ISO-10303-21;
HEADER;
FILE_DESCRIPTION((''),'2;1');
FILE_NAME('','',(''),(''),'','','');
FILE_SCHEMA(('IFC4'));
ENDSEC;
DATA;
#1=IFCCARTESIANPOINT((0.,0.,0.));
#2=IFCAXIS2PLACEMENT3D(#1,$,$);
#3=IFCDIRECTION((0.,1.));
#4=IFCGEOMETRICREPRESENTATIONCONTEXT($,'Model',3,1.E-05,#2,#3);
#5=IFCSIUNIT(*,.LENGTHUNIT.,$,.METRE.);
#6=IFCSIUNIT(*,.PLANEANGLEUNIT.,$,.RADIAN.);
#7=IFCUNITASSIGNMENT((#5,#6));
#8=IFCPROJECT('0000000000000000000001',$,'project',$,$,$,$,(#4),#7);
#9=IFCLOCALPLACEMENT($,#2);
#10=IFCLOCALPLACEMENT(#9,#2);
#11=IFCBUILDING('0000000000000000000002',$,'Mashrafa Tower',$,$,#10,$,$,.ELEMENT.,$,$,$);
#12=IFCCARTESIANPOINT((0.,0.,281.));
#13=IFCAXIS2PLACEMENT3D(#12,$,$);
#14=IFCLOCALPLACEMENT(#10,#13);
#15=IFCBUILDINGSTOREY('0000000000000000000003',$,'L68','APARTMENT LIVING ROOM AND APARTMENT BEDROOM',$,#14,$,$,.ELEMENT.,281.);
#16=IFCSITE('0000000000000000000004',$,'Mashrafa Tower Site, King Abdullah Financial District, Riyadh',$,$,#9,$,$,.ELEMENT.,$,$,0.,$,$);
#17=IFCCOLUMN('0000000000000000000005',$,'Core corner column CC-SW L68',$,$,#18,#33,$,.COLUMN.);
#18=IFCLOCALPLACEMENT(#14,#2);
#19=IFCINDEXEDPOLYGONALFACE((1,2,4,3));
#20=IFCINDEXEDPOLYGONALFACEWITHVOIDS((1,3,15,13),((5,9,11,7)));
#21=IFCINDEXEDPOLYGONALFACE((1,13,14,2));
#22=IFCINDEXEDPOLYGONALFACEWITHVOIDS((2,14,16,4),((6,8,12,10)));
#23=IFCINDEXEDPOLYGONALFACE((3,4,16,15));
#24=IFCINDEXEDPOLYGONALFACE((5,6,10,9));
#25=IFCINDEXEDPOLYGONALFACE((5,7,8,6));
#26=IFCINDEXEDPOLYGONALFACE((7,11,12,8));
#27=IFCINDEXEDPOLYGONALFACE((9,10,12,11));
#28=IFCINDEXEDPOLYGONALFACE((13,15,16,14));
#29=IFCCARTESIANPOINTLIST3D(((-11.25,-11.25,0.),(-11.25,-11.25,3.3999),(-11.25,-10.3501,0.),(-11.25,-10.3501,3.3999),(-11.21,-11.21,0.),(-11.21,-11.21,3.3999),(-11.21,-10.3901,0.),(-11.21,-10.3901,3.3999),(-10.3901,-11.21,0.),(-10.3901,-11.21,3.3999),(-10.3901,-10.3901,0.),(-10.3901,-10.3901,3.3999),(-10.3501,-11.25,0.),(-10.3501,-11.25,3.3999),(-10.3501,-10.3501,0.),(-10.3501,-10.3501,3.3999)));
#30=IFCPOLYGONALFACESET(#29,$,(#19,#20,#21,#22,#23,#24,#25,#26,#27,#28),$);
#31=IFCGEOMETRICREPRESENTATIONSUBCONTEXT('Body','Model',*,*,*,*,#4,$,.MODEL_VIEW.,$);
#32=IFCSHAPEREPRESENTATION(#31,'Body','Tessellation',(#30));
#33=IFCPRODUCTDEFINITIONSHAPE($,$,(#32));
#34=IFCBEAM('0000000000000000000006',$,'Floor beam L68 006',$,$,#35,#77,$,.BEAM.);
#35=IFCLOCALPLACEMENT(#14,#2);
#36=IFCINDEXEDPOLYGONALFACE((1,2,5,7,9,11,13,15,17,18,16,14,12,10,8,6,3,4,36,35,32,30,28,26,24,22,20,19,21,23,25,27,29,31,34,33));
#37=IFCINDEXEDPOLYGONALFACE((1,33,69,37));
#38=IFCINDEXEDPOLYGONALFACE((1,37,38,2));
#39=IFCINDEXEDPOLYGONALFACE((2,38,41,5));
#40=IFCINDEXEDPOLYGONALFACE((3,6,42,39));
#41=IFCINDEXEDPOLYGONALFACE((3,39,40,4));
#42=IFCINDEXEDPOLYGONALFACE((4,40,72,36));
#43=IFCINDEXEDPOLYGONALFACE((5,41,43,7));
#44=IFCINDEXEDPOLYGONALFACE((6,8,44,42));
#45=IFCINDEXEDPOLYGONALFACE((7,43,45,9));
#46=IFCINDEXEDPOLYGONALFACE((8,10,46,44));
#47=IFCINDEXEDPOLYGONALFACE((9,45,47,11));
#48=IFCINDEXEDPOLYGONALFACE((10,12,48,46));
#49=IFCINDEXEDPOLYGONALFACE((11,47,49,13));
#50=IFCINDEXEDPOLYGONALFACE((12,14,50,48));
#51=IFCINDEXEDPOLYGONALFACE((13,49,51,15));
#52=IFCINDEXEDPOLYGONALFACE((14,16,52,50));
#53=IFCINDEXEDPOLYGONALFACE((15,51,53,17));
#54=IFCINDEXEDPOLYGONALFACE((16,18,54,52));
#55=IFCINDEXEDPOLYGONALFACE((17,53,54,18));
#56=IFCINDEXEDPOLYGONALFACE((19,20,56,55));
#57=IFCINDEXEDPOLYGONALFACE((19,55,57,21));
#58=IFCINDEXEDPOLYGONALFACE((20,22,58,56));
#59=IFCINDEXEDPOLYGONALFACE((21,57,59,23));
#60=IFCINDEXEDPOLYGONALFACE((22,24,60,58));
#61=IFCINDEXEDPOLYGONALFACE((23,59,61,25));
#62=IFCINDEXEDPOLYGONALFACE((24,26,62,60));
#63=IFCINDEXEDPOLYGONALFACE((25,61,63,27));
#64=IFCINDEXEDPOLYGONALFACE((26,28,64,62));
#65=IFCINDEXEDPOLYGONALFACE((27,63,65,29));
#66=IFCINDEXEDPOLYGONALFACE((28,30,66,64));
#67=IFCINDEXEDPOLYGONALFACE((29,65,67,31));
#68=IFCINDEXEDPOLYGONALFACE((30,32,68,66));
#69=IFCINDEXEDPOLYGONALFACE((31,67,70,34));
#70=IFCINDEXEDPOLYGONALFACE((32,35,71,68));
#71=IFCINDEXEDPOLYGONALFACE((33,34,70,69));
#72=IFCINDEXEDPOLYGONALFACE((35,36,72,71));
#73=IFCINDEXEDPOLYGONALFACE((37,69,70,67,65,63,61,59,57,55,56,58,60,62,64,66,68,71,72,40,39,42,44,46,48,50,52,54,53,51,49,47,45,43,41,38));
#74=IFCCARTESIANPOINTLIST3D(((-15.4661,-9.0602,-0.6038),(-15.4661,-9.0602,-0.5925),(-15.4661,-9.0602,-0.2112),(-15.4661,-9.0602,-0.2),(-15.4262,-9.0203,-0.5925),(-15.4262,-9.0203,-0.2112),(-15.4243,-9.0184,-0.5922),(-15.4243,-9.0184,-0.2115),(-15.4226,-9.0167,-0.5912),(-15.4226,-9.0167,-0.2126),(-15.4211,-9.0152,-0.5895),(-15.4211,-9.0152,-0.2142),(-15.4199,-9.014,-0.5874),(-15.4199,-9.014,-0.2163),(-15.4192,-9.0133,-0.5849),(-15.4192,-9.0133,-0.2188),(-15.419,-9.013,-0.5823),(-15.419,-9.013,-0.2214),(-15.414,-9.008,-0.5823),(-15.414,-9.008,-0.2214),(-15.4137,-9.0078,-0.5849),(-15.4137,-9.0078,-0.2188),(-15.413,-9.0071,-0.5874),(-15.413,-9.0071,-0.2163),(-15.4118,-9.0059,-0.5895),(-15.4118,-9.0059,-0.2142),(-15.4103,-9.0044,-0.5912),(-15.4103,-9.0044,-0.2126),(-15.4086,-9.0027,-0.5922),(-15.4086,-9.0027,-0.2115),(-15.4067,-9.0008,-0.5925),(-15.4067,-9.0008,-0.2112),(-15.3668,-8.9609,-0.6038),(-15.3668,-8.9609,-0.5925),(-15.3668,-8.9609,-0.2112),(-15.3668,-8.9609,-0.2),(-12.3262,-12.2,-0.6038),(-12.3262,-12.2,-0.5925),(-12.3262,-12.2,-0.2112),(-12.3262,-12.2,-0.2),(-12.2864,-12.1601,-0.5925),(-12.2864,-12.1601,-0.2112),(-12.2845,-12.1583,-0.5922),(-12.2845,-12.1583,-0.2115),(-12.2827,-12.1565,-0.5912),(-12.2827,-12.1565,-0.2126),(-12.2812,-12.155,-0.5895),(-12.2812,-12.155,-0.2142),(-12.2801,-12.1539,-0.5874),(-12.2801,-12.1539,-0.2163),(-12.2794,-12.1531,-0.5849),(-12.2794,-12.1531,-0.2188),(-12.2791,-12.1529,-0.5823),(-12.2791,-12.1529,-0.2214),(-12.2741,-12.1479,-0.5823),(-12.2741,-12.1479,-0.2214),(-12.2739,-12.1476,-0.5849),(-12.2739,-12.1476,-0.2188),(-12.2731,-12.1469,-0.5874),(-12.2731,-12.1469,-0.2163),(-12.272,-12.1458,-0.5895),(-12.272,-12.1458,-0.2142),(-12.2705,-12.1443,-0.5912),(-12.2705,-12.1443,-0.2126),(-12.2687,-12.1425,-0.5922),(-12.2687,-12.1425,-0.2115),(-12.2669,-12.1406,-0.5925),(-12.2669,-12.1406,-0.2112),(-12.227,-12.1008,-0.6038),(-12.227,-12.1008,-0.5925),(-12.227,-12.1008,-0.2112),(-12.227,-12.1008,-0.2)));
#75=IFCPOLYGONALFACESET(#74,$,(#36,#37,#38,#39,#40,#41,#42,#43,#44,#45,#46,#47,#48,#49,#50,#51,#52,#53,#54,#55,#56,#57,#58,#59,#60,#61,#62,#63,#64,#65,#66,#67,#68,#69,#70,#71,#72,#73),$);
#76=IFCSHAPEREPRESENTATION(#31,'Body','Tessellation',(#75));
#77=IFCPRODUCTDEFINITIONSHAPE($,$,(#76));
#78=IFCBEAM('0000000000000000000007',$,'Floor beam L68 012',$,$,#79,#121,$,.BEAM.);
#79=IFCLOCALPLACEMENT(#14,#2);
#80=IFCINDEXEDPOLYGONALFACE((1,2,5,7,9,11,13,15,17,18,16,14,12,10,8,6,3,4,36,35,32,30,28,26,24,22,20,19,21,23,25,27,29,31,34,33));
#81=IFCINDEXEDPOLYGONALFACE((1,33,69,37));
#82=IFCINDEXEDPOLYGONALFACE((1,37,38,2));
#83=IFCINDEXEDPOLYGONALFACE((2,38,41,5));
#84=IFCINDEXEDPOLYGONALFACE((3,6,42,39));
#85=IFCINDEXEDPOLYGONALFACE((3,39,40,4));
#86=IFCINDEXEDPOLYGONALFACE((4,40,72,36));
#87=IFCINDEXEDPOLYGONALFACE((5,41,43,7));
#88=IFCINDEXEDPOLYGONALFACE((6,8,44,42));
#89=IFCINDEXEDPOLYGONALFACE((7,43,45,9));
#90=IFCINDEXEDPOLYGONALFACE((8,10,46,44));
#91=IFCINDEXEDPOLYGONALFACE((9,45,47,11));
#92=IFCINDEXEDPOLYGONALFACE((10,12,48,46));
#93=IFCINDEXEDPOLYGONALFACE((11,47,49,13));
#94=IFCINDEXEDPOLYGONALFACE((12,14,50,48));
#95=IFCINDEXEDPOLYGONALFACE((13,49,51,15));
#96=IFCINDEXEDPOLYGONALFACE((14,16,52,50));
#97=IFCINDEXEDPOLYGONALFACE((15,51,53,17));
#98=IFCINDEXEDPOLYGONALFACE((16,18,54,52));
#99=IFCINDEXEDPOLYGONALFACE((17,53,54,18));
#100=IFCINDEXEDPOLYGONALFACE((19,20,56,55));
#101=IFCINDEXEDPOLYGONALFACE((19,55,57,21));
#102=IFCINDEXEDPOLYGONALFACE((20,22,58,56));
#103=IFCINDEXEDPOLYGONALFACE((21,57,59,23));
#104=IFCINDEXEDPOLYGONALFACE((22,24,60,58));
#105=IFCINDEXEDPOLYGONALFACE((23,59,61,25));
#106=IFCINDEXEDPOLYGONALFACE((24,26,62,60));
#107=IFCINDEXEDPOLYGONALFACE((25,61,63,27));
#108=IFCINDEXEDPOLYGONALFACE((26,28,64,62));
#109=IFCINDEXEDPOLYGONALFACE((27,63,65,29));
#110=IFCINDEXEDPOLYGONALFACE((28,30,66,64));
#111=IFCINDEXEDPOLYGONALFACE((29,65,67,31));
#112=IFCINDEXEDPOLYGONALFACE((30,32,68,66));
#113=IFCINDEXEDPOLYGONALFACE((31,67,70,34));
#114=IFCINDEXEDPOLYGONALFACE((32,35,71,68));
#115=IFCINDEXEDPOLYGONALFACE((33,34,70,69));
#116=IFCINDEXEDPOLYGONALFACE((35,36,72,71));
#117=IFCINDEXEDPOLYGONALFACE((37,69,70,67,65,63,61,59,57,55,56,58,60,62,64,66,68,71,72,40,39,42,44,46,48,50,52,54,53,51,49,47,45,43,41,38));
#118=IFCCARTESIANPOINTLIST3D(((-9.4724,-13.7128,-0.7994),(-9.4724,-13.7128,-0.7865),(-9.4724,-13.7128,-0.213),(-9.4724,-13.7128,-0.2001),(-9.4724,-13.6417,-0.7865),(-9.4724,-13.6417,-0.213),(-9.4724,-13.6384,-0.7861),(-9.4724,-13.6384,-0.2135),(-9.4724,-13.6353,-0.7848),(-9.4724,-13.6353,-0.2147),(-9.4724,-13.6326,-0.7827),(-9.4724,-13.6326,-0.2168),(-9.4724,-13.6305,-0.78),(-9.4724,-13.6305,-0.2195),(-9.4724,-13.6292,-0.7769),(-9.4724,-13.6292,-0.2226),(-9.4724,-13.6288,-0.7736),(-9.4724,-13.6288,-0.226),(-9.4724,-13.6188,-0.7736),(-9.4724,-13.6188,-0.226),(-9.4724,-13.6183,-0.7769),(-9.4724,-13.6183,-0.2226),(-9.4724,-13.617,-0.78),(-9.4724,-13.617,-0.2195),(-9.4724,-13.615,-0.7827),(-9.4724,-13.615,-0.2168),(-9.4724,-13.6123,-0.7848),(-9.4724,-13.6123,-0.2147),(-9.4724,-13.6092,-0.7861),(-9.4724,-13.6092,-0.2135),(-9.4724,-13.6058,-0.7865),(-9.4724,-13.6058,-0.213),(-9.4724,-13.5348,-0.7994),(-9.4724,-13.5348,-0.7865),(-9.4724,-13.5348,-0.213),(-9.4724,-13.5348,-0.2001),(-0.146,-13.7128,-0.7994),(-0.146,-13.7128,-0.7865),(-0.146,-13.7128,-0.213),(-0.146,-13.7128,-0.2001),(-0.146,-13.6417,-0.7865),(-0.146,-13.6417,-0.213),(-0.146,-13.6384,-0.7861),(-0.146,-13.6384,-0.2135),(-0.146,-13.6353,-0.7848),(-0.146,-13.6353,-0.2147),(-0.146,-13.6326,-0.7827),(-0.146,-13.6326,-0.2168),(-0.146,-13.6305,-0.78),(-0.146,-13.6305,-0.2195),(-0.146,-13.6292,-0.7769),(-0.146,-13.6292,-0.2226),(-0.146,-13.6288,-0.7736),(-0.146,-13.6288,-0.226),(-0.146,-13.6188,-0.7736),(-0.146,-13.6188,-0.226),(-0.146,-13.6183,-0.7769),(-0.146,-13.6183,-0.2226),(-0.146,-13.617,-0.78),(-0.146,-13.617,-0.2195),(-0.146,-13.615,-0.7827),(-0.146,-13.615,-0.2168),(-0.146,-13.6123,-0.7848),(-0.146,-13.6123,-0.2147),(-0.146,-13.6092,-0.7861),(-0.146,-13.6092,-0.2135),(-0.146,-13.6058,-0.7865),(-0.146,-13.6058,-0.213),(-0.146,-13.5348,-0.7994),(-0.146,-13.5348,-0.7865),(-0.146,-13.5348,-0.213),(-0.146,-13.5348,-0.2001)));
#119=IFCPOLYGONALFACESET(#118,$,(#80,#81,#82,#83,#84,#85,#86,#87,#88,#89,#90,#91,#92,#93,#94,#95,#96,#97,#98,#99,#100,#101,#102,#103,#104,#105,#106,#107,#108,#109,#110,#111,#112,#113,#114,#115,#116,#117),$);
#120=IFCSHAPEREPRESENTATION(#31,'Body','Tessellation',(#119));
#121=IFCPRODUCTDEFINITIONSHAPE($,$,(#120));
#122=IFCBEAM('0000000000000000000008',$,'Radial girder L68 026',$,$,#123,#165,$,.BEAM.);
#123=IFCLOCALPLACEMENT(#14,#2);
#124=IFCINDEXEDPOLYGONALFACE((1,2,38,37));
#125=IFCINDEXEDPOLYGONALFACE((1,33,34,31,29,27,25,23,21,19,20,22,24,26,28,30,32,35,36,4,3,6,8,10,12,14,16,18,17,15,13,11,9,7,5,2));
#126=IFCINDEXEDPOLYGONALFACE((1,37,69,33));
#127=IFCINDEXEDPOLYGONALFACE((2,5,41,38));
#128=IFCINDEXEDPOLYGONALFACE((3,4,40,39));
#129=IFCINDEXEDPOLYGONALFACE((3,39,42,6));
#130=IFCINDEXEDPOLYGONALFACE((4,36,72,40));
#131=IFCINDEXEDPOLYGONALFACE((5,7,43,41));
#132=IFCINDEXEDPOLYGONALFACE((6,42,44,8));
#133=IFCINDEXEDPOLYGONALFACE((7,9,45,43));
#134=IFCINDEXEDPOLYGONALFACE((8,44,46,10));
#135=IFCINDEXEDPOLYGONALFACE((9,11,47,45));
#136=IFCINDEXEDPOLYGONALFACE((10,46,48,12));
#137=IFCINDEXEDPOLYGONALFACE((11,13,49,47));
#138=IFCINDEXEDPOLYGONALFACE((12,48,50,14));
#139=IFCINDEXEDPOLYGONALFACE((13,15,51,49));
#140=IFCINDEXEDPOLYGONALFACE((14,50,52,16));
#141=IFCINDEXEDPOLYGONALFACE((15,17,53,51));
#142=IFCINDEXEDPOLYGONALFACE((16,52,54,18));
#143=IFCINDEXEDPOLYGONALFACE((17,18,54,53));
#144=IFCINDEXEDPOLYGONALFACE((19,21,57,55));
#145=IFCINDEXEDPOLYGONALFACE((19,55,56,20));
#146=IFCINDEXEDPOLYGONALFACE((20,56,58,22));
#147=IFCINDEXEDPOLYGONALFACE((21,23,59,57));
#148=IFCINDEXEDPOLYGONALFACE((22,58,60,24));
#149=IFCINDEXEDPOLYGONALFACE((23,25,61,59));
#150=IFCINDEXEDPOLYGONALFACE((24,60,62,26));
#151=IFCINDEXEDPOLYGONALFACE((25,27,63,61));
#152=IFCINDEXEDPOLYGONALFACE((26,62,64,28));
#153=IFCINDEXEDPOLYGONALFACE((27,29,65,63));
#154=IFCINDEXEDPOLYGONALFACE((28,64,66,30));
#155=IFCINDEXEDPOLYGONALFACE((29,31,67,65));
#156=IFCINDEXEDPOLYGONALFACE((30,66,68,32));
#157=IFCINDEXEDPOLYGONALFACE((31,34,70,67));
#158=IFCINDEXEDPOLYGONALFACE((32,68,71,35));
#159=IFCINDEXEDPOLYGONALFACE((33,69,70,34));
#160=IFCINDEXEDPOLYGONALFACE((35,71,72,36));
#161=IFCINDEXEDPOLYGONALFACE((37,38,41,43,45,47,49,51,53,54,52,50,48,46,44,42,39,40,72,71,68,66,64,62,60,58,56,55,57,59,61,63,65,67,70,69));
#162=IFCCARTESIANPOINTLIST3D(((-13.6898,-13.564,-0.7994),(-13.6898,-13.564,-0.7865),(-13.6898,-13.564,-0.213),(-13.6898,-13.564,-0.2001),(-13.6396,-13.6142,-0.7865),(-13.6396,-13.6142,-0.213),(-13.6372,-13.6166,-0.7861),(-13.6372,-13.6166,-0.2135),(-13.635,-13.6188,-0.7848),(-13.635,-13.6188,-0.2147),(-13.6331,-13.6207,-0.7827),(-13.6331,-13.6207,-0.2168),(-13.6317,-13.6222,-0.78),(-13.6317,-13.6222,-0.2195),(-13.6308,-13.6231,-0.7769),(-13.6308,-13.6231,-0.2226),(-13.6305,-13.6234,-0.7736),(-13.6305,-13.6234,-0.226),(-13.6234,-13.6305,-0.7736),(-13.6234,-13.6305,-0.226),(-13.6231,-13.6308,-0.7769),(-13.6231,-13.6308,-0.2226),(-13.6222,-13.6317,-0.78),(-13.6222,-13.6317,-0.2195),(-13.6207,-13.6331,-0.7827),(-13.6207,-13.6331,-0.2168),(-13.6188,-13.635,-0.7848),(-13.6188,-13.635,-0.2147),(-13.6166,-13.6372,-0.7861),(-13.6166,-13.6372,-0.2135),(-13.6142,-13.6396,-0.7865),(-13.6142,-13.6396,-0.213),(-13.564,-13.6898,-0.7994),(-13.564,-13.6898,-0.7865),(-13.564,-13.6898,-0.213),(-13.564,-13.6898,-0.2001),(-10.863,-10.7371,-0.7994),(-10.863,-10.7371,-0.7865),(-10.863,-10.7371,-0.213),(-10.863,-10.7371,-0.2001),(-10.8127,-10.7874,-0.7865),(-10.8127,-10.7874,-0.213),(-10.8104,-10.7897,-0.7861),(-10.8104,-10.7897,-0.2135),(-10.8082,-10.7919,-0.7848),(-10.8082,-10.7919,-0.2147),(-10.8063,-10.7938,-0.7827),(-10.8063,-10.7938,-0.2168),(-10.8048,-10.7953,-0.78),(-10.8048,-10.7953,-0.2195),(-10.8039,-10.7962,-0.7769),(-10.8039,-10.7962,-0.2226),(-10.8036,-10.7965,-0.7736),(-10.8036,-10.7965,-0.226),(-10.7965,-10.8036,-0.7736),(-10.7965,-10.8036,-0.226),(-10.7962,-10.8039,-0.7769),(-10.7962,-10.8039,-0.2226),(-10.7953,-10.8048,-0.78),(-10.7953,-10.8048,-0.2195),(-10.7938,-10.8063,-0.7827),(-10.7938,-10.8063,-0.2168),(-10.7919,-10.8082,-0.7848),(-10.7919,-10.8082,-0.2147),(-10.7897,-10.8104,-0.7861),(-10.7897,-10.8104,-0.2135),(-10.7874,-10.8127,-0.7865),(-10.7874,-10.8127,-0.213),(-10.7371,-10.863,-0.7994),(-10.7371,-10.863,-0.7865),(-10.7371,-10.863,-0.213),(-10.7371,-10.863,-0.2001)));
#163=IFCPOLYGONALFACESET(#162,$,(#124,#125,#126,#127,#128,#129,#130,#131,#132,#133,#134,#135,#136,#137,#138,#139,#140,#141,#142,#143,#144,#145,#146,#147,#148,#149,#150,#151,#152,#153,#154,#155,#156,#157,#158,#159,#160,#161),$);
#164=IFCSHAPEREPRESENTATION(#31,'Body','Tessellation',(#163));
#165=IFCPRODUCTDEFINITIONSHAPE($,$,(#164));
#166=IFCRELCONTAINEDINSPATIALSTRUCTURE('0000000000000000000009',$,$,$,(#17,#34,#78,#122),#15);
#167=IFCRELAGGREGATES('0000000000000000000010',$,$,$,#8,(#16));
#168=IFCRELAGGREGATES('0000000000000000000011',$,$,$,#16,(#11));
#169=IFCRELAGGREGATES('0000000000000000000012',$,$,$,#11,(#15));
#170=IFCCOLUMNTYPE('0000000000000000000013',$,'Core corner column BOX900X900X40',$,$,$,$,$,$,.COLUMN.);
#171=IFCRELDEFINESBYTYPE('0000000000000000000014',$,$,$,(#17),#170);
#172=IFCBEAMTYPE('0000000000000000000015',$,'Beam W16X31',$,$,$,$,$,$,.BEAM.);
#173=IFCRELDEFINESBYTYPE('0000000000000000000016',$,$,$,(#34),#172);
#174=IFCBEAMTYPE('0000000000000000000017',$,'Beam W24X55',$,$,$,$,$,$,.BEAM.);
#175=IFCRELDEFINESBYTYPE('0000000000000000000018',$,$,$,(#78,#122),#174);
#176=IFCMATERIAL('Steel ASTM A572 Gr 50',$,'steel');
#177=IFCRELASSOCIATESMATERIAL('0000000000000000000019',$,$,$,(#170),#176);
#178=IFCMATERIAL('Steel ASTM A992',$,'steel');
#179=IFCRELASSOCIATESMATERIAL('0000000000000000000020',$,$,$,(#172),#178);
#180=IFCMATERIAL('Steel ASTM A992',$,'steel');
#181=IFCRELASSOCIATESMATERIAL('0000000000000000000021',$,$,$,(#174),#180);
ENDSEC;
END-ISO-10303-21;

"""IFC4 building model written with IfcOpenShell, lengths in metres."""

from ifc_helpers import new_model, si_unit, direction, frame, origin, origin_2d, place, context, subcontext, project, spatial, hollow_rectangle, i_section, extrude, material, material_profile, profile_set, type_object, element, save


model = new_model("IFC4")

# Units and contexts
model_context = context("Model", 3, precision=1e-05, world=origin(), true_north=direction((0.0, 1.0)))
body_context = subcontext(model_context, "Body", "Model", "MODEL_VIEW")
ifc_project = project(units=[si_unit("LENGTHUNIT", "METRE"), si_unit("PLANEANGLEUNIT", "RADIAN")], contexts=[model_context])

# Site, building, storey
site_placement = place(None, origin())
site = spatial("IfcSite", under=ifc_project, at=site_placement, Name="Mashrafa Tower Site, King Abdullah Financial District, Riyadh", CompositionType="ELEMENT", RefElevation=0.0)
building_placement = place(site_placement, origin())
building = spatial("IfcBuilding", under=site, at=building_placement, Name="Mashrafa Tower", CompositionType="ELEMENT")
storey_placement = place(building_placement, frame((0.0, 0.0, 281.0)))
storey = spatial("IfcBuildingStorey", under=building, at=storey_placement, Name="L68", Description="APARTMENT LIVING ROOM AND APARTMENT BEDROOM", CompositionType="ELEMENT", Elevation=281.0)

# Column
ifc_material_1 = material(Name="Steel ASTM A572 Gr 50", Category="steel")
ifc_material_profile_1 = material_profile(ifc_material_1, hollow_rectangle(XDim=0.8999, YDim=0.8999, WallThickness=0.04, at=origin_2d()), Name="BOX900X900X40")
ifc_profile_set_1 = profile_set([ifc_material_profile_1], Name="Steel ASTM A572 Gr 50")
column_type = type_object("IfcColumnType", Name="Core corner column BOX900X900X40", PredefinedType="COLUMN", material=ifc_profile_set_1)
column_placement = place(storey_placement, frame((-10.8, -10.8, 0.0), z_axis=(0.0, 0.0, 1.0), x_axis=(1.0, 0.0, 0.0)))
element("IfcColumn", 1, at=column_placement, inside=storey, type_object=column_type, Name="Core corner column CC-SW L68", PredefinedType="COLUMN", context=body_context, shape_type="SweptSolid", body=[
    extrude(hollow_rectangle(XDim=0.8999, YDim=0.8999, WallThickness=0.04, at=origin_2d()), origin(), (0.0, 0.0, 1.0), 3.3999),
])

# Beams
ifc_material_2 = material(Name="Steel ASTM A992", Category="steel")
ifc_material_profile_2 = material_profile(ifc_material_2, i_section(OverallWidth=0.1404, OverallDepth=0.4038, WebThickness=0.0071, FlangeThickness=0.0112, FilletRadius=0.0103, at=origin_2d()), Name="W16X31")
ifc_profile_set_2 = profile_set([ifc_material_profile_2], Name="Steel ASTM A992")
beam_type_1 = type_object("IfcBeamType", Name="Beam W16X31", PredefinedType="BEAM", material=ifc_profile_set_2)
beam_1_placement = place(storey_placement, frame((-12.2766, -12.1504, -0.4019), z_axis=(-0.707107, 0.707107, 0.0), x_axis=(-0.707107, -0.707107, 0.0)))
element("IfcBeam", 2, at=beam_1_placement, inside=storey, type_object=beam_type_1, Name="Floor beam L68 006", PredefinedType="BEAM", context=body_context, shape_type="SweptSolid", body=[
    extrude(i_section(OverallWidth=0.1404, OverallDepth=0.4038, WebThickness=0.0071, FlangeThickness=0.0112, FilletRadius=0.0103, at=origin_2d()), origin(), (0.0, 0.0, 1.0), 4.4404),
])
ifc_material_3 = material(Name="Steel ASTM A992", Category="steel")
ifc_material_profile_3 = material_profile(ifc_material_3, i_section(OverallWidth=0.178, OverallDepth=0.5994, WebThickness=0.01, FlangeThickness=0.0129, FilletRadius=0.0129, at=origin_2d()), Name="W24X55")
ifc_profile_set_3 = profile_set([ifc_material_profile_3], Name="Steel ASTM A992")
beam_type_2 = type_object("IfcBeamType", Name="Beam W24X55", PredefinedType="BEAM", material=ifc_profile_set_3)
beam_2_placement = place(storey_placement, frame((-0.146, -13.6238, -0.4998), z_axis=(-1.0, 0.0, 0.0), x_axis=(0.0, -1.0, 0.0)))
element("IfcBeam", 3, at=beam_2_placement, inside=storey, type_object=beam_type_2, Name="Floor beam L68 012", PredefinedType="BEAM", context=body_context, shape_type="SweptSolid", body=[
    extrude(i_section(OverallWidth=0.178, OverallDepth=0.5994, WebThickness=0.01, FlangeThickness=0.0129, FilletRadius=0.0129, at=origin_2d()), origin(), (0.0, 0.0, 1.0), 9.3264),
])
beam_3_placement = place(storey_placement, frame((-10.8, -10.8, -0.4998), z_axis=(-0.707107, -0.707107, 0.0), x_axis=(0.707107, -0.707107, 0.0)))
element("IfcBeam", 4, at=beam_3_placement, inside=storey, type_object=beam_type_2, Name="Radial girder L68 026", PredefinedType="BEAM", context=body_context, shape_type="SweptSolid", body=[
    extrude(i_section(OverallWidth=0.178, OverallDepth=0.5994, WebThickness=0.01, FlangeThickness=0.0129, FilletRadius=0.0129, at=origin_2d()), origin(), (0.0, 0.0, 1.0), 3.9978),
])

save(model, "model.ifc")
